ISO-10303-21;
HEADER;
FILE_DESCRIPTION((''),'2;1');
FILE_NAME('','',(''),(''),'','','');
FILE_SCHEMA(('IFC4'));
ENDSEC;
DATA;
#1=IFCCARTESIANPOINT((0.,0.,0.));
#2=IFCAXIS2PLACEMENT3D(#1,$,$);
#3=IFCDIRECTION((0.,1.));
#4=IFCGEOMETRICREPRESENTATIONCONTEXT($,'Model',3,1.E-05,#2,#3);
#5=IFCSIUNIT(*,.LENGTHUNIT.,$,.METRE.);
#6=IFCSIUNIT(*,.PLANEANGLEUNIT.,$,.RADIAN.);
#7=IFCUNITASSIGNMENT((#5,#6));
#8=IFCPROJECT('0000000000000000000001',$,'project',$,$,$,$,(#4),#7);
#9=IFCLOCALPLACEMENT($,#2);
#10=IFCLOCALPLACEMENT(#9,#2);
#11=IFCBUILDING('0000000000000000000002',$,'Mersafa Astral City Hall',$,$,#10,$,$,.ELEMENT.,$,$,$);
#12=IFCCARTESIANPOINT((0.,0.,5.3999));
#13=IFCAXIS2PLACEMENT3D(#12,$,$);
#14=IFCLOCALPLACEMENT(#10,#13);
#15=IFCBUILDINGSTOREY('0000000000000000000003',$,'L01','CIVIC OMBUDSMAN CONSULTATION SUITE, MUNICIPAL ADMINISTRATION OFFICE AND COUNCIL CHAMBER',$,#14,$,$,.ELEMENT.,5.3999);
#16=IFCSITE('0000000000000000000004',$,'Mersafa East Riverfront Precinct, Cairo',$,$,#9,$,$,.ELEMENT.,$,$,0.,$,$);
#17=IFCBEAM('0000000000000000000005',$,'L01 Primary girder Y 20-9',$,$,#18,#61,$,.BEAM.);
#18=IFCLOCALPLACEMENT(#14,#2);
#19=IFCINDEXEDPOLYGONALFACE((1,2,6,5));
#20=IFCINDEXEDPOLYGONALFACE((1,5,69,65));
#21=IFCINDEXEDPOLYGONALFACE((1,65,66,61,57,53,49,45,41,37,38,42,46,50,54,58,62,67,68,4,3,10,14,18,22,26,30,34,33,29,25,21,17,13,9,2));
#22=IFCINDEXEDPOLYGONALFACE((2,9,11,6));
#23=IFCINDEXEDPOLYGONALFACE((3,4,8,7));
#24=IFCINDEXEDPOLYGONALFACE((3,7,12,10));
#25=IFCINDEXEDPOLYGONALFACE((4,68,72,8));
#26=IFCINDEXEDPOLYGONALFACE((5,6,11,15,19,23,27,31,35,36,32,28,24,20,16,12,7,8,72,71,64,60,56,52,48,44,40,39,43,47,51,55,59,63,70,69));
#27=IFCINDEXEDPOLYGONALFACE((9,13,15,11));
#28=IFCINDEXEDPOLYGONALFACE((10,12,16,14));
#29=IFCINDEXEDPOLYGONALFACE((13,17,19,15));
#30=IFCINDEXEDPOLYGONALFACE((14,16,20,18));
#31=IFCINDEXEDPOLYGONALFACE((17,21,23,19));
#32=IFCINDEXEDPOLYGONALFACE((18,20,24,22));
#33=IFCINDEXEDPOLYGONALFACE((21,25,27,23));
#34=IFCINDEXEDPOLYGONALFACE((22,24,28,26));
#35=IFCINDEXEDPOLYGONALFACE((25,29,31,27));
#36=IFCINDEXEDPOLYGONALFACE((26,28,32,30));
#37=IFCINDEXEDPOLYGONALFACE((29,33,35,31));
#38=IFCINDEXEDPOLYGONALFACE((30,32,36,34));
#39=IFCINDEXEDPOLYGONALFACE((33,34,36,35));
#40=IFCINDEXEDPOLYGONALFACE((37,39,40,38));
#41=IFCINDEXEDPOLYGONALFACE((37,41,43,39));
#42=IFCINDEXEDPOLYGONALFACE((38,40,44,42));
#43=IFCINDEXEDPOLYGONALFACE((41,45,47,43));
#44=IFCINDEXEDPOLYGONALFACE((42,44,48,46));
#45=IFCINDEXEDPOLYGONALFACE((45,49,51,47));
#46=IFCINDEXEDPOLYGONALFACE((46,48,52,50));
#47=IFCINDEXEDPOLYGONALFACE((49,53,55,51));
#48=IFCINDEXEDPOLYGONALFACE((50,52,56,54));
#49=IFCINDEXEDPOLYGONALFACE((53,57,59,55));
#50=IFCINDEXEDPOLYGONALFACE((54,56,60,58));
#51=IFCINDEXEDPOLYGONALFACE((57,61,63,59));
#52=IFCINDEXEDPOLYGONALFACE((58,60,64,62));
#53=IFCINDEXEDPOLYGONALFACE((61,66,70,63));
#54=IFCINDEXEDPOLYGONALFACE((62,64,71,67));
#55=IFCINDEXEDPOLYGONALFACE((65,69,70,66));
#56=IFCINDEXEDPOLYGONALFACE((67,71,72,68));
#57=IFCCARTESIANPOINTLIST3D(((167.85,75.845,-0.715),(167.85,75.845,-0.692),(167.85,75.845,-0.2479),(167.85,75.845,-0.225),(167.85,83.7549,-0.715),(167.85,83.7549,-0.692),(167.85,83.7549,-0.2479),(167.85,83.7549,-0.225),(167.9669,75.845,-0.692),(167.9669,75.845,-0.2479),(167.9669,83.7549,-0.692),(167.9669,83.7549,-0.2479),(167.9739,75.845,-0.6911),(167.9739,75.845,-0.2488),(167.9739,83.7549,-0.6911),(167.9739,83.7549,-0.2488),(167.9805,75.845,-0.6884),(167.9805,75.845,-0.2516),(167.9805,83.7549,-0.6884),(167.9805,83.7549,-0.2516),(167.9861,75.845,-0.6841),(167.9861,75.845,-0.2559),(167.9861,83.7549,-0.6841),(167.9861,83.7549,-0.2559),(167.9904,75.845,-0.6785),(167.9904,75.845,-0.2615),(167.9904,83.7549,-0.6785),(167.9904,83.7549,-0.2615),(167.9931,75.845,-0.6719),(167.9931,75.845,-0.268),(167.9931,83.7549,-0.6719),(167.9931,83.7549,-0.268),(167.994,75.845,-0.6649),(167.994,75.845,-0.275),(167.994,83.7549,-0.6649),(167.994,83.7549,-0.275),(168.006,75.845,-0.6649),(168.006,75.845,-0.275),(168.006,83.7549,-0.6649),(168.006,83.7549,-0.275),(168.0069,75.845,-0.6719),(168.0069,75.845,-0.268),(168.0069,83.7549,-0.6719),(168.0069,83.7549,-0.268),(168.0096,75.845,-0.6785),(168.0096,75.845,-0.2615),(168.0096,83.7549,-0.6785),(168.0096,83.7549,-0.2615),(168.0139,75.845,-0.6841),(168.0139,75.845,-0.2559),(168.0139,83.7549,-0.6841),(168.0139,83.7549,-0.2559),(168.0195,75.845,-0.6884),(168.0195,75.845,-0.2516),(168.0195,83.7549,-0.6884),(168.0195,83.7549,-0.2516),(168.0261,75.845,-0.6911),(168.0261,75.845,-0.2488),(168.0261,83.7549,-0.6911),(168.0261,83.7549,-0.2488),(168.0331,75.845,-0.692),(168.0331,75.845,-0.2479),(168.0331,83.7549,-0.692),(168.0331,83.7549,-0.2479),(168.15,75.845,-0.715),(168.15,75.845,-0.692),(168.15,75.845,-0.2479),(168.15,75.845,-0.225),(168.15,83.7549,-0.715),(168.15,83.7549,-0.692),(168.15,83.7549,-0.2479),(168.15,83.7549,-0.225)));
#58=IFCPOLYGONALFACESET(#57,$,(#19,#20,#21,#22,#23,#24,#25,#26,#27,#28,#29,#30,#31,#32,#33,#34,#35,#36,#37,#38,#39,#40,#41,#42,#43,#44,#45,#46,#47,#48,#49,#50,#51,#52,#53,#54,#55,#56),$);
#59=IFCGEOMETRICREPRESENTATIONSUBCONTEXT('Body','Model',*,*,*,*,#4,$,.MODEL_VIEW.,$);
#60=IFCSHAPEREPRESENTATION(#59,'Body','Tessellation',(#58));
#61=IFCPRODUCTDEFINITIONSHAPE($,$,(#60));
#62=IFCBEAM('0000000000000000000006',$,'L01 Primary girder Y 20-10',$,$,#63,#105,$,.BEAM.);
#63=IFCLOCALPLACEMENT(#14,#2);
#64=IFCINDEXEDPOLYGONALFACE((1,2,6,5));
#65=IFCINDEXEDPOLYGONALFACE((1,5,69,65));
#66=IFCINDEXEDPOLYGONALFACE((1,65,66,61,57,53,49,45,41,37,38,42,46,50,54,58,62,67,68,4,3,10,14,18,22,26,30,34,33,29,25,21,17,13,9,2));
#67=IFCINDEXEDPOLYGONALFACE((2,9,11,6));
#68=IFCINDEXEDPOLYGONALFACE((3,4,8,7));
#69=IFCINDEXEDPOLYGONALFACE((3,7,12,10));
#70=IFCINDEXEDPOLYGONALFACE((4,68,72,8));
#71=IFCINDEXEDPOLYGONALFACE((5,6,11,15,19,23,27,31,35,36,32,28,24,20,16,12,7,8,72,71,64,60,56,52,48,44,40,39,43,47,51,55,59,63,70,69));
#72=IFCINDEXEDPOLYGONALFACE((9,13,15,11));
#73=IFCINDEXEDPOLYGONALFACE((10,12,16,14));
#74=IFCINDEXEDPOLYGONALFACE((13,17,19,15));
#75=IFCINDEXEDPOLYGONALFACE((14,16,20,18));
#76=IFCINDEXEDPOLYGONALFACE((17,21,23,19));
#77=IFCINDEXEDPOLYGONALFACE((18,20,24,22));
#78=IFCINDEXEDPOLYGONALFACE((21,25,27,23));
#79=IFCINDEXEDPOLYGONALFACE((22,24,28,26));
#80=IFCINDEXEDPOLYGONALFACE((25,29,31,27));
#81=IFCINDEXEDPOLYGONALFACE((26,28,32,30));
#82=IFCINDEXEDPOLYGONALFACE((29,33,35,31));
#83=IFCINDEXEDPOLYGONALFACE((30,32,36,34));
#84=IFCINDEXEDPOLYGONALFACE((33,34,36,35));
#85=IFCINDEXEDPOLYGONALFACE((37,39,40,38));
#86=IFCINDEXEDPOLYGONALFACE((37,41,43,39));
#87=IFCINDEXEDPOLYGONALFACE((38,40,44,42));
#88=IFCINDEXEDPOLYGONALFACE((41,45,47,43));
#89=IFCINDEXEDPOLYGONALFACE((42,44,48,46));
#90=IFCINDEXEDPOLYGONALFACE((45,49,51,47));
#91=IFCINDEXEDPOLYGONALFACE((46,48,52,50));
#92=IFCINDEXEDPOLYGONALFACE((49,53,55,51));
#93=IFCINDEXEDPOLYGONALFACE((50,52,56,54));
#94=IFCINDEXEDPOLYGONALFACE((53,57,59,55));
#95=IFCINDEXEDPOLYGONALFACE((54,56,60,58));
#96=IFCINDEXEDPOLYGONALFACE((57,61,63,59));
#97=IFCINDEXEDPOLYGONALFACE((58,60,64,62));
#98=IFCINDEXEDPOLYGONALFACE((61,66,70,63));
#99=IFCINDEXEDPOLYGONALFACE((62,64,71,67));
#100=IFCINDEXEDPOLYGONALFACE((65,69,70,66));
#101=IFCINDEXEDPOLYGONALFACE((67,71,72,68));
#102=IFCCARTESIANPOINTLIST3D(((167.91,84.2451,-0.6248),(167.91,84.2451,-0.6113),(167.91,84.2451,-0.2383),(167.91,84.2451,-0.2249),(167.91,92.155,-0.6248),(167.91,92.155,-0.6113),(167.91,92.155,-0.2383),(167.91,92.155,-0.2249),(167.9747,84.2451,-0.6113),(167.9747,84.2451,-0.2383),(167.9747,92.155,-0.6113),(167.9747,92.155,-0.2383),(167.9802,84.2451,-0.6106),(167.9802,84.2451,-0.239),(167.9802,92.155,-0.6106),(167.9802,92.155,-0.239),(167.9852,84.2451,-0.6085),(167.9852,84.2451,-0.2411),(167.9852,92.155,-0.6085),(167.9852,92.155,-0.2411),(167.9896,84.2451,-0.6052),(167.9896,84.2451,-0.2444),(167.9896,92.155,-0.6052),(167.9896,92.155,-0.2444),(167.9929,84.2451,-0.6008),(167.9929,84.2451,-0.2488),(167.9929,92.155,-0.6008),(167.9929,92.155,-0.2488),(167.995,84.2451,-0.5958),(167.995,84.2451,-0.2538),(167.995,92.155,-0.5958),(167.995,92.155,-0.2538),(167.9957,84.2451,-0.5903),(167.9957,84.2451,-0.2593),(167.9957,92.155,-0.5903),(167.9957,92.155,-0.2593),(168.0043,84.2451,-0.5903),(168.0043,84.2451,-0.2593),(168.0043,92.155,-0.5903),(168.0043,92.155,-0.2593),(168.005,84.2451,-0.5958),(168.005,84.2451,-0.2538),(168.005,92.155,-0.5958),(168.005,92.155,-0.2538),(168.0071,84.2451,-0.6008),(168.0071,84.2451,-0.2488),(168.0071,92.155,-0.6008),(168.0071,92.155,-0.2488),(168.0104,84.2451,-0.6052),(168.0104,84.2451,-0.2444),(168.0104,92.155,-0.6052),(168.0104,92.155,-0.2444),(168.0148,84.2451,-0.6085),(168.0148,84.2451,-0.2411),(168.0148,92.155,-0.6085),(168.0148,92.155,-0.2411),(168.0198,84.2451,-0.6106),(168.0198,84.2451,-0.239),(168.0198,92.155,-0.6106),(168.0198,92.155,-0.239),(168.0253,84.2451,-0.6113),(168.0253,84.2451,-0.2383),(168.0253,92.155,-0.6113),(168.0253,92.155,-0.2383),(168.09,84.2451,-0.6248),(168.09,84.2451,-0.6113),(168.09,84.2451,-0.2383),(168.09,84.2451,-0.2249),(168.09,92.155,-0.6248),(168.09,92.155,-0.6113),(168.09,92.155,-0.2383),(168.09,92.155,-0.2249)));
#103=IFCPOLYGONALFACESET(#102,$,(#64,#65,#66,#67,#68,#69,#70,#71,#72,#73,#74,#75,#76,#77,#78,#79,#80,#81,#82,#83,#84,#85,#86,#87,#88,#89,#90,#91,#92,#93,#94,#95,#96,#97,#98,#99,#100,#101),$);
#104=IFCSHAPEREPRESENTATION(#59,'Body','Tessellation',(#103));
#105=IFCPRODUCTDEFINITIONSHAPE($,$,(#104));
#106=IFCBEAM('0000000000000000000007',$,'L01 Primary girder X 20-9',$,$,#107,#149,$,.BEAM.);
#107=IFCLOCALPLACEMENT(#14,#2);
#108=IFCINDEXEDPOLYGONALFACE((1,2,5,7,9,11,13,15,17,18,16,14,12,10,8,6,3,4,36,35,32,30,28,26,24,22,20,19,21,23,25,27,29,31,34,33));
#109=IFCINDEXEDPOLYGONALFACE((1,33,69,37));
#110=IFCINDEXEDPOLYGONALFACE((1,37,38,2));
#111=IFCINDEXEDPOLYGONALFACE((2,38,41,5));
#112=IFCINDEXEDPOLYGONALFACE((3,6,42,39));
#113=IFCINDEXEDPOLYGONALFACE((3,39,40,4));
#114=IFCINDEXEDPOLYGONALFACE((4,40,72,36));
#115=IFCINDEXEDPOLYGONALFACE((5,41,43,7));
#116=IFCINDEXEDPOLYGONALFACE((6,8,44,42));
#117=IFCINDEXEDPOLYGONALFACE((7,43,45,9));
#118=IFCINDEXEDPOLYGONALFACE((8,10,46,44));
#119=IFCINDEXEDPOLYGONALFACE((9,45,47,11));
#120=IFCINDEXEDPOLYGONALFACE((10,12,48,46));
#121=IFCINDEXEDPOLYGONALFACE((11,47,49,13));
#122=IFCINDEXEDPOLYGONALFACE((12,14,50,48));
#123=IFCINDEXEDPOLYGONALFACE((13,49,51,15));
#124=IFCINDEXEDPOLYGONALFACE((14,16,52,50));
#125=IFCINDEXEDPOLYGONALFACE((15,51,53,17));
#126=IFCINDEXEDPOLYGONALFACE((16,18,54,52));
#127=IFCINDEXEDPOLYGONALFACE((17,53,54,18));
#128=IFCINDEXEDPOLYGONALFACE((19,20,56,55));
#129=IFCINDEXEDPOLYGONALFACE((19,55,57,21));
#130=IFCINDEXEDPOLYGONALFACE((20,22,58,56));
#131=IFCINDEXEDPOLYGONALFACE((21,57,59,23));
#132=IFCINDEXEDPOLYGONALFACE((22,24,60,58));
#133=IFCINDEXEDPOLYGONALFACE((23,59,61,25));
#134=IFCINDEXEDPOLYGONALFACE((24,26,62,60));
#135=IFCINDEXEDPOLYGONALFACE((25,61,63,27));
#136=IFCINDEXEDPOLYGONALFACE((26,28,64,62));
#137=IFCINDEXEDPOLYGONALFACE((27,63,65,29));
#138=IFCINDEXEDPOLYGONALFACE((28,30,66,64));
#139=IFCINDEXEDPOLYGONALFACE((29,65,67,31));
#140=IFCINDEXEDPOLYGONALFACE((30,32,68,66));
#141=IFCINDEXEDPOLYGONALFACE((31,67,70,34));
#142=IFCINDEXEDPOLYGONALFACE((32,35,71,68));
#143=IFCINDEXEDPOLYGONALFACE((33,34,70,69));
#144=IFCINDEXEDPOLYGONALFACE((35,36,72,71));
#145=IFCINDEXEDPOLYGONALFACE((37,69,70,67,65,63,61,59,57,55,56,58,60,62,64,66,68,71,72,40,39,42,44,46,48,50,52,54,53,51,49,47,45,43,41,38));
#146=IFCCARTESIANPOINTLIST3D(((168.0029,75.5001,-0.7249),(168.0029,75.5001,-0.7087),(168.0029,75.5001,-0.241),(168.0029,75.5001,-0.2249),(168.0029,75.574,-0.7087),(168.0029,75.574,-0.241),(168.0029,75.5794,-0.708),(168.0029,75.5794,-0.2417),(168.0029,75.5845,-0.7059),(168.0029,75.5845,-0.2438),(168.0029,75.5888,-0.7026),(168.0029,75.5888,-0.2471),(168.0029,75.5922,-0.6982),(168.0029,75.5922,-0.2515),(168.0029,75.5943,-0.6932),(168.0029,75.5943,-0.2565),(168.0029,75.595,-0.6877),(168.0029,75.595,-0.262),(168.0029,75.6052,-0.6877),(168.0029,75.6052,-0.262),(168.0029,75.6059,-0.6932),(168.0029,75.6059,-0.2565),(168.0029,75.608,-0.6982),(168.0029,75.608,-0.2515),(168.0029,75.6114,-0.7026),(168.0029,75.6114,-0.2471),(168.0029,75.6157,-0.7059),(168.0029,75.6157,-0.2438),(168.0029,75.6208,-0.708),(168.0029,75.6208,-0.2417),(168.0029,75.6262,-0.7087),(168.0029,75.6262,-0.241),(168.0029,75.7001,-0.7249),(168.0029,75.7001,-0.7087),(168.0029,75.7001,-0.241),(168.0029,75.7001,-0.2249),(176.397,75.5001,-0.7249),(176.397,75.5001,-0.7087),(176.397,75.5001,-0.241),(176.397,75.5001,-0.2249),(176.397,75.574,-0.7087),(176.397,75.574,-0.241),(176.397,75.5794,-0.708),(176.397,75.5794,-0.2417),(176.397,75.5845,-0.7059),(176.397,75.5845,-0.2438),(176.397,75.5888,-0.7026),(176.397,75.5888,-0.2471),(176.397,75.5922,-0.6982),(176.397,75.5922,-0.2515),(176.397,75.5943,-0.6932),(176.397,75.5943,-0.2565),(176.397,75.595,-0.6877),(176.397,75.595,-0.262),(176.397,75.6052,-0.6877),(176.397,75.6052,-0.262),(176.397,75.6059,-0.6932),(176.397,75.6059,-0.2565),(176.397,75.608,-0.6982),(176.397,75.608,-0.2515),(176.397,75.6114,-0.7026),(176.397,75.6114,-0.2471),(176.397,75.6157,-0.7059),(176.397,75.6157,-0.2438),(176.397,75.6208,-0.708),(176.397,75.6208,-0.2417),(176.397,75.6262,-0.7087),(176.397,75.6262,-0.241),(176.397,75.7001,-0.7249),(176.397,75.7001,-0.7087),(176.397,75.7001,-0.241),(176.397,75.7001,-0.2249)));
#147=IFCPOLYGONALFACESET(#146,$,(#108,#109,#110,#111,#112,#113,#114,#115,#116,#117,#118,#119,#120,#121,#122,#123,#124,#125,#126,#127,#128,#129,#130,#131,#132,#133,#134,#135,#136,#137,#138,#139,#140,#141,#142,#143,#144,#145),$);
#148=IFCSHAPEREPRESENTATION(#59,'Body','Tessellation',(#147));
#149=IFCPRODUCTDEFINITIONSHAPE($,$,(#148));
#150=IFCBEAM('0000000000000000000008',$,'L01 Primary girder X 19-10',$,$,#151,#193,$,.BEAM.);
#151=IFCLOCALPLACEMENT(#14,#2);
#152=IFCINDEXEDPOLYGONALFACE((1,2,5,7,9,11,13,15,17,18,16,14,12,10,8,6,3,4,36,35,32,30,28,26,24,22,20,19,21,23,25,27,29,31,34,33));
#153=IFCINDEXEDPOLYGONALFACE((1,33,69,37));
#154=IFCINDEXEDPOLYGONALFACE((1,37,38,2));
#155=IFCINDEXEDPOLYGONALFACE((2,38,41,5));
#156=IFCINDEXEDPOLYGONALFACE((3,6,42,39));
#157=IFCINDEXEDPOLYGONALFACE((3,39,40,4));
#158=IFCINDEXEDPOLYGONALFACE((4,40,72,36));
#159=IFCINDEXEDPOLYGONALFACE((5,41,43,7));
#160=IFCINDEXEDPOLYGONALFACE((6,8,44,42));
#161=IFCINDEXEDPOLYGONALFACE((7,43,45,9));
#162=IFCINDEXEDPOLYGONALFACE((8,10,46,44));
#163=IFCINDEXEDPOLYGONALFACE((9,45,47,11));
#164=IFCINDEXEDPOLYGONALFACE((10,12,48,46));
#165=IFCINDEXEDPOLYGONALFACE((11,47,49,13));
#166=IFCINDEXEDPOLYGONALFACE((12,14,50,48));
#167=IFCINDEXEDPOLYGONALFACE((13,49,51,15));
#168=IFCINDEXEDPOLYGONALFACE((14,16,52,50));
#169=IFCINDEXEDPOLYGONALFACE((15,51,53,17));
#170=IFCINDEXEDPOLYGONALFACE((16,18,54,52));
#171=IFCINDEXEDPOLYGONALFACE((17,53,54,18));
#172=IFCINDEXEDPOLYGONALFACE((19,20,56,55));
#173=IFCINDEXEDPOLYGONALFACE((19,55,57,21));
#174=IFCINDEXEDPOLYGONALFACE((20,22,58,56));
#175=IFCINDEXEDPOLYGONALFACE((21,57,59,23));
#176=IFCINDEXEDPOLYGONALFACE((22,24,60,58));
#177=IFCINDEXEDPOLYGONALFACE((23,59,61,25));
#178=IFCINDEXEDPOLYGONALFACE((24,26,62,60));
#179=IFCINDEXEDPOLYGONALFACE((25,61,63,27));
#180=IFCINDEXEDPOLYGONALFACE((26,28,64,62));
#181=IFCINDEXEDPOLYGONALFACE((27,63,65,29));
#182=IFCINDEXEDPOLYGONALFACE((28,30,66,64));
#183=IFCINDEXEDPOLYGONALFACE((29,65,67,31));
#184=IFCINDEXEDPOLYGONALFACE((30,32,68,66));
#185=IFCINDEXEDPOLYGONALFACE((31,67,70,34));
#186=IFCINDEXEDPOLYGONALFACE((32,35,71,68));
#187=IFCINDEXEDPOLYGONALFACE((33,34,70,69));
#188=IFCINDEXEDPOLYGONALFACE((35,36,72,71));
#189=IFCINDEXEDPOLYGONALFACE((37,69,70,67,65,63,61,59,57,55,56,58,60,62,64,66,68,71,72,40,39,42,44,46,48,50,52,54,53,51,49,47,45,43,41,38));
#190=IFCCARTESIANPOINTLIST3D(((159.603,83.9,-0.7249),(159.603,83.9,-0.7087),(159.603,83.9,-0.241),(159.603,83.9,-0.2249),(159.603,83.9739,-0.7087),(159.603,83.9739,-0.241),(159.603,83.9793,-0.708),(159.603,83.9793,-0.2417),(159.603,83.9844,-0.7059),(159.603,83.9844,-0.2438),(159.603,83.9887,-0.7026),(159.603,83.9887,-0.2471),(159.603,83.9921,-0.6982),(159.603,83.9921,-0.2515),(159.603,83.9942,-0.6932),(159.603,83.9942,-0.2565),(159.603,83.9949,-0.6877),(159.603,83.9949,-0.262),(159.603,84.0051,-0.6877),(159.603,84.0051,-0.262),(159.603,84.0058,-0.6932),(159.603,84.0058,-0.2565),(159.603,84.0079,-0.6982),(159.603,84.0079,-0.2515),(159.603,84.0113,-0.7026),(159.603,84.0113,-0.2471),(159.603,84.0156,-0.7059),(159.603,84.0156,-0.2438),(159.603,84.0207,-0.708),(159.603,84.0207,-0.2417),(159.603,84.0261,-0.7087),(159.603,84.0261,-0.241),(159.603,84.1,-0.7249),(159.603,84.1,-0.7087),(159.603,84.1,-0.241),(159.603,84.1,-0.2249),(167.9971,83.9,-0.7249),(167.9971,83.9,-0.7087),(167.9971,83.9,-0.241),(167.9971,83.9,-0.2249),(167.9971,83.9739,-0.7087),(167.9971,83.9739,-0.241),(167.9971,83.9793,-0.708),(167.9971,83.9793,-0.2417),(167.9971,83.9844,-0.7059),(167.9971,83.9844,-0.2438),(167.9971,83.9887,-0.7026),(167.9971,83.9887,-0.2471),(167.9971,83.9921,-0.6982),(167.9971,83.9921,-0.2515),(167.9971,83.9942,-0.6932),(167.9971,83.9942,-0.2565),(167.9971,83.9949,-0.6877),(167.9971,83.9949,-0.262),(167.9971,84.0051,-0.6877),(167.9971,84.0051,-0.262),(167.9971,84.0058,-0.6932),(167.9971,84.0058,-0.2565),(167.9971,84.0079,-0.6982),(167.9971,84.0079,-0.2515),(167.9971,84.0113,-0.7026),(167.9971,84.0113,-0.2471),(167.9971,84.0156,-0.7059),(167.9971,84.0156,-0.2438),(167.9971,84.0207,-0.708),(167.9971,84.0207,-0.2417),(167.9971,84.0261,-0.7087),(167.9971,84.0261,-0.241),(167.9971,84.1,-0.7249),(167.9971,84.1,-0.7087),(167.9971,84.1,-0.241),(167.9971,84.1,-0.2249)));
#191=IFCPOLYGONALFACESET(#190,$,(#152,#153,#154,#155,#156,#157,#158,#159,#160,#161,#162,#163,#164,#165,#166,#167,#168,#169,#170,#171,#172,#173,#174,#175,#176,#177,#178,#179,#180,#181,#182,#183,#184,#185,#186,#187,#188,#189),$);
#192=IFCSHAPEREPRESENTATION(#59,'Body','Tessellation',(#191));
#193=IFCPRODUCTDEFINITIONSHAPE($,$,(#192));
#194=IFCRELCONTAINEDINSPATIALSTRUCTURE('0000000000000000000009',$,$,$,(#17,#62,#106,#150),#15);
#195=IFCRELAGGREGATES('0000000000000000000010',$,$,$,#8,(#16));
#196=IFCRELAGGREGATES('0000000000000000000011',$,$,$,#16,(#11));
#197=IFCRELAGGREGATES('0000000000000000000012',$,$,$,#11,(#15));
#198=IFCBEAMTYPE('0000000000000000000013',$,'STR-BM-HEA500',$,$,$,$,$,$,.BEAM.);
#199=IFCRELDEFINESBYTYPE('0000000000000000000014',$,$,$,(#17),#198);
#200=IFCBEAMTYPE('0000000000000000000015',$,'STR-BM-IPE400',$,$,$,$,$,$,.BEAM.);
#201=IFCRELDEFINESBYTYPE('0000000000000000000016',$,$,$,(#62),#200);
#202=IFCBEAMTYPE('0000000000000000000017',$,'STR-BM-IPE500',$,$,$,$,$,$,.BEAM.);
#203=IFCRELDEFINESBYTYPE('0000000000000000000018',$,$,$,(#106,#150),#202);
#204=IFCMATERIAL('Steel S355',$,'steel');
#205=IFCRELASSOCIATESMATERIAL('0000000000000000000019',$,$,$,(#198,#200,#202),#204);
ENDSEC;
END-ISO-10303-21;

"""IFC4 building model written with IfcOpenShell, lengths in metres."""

from ifc_helpers import new_model, si_unit, direction, frame, origin, origin_2d, place, context, subcontext, project, spatial, i_section, extrude, material, material_profile, profile_set, type_object, element, save


model = new_model("IFC4")

# Units and contexts
model_context = context("Model", 3, precision=1e-05, world=origin(), true_north=direction((0.0, 1.0)))
body_context = subcontext(model_context, "Body", "Model", "MODEL_VIEW")
ifc_project = project(units=[si_unit("LENGTHUNIT", "METRE"), si_unit("PLANEANGLEUNIT", "RADIAN")], contexts=[model_context])

# Site, building, storey
site_placement = place(None, origin())
site = spatial("IfcSite", under=ifc_project, at=site_placement, Name="Mersafa East Riverfront Precinct, Cairo", CompositionType="ELEMENT", RefElevation=0.0)
building_placement = place(site_placement, origin())
building = spatial("IfcBuilding", under=site, at=building_placement, Name="Mersafa Astral City Hall", CompositionType="ELEMENT")
storey_placement = place(building_placement, frame((0.0, 0.0, 5.3999)))
storey = spatial("IfcBuildingStorey", under=building, at=storey_placement, Name="L01", Description="CIVIC OMBUDSMAN CONSULTATION SUITE, MUNICIPAL ADMINISTRATION OFFICE AND COUNCIL CHAMBER", CompositionType="ELEMENT", Elevation=5.3999)

# Shared definitions
ifc_material_1 = material(Name="Steel S355", Category="steel")

# Beams
ifc_material_profile_1 = material_profile(ifc_material_1, i_section(OverallWidth=0.3, OverallDepth=0.49, WebThickness=0.012, FlangeThickness=0.0229, FilletRadius=0.0271, at=origin_2d()), Name="HEA 500")
ifc_profile_set_1 = profile_set([ifc_material_profile_1], Name="Steel S355")
beam_type_1 = type_object("IfcBeamType", Name="STR-BM-HEA500", PredefinedType="BEAM", material=ifc_profile_set_1)
beam_1_placement = place(storey_placement, frame((168.0, 75.845, -0.47), z_axis=(0.0, 1.0, 0.0), x_axis=(-1.0, 0.0, 0.0)))
element("IfcBeam", 1, at=beam_1_placement, inside=storey, type_object=beam_type_1, Name="L01 Primary girder Y 20-9", PredefinedType="BEAM", context=body_context, shape_type="SweptSolid", body=[
    extrude(i_section(OverallWidth=0.3, OverallDepth=0.49, WebThickness=0.012, FlangeThickness=0.0229, FilletRadius=0.0271, at=origin_2d()), origin(), (0.0, 0.0, 1.0), 7.9099),
])
ifc_material_profile_2 = material_profile(ifc_material_1, i_section(OverallWidth=0.1799, OverallDepth=0.3999, WebThickness=0.0085, FlangeThickness=0.0134, FilletRadius=0.021, at=origin_2d()), Name="IPE 400")
ifc_profile_set_2 = profile_set([ifc_material_profile_2], Name="Steel S355")
beam_type_2 = type_object("IfcBeamType", Name="STR-BM-IPE400", PredefinedType="BEAM", material=ifc_profile_set_2)
beam_2_placement = place(storey_placement, frame((168.0, 84.2451, -0.4248), z_axis=(0.0, 1.0, 0.0), x_axis=(-1.0, 0.0, 0.0)))
element("IfcBeam", 2, at=beam_2_placement, inside=storey, type_object=beam_type_2, Name="L01 Primary girder Y 20-10", PredefinedType="BEAM", context=body_context, shape_type="SweptSolid", body=[
    extrude(i_section(OverallWidth=0.1799, OverallDepth=0.3999, WebThickness=0.0085, FlangeThickness=0.0134, FilletRadius=0.021, at=origin_2d()), origin(), (0.0, 0.0, 1.0), 7.9099),
])
ifc_material_profile_3 = material_profile(ifc_material_1, i_section(OverallWidth=0.2, OverallDepth=0.5, WebThickness=0.0103, FlangeThickness=0.0161, FilletRadius=0.021, at=origin_2d()), Name="IPE 500")
ifc_profile_set_3 = profile_set([ifc_material_profile_3], Name="Steel S355")
beam_type_3 = type_object("IfcBeamType", Name="STR-BM-IPE500", PredefinedType="BEAM", material=ifc_profile_set_3)
for number, where, z_axis, x_axis, name in (
    (3, (168.0029, 75.6001, -0.4749), (1.0, 0.0, 0.0), (0.0, 1.0, 0.0), "L01 Primary girder X 20-9"),
    (4, (159.603, 84.0, -0.4749), (1.0, 0.0, 0.0), (0.0, 1.0, 0.0), "L01 Primary girder X 19-10"),
):
    element("IfcBeam", number, at=place(storey_placement, frame(where, z_axis=z_axis, x_axis=x_axis)), inside=storey, type_object=beam_type_3, Name=name, PredefinedType="BEAM", context=body_context, shape_type="SweptSolid", body=[
        extrude(i_section(OverallWidth=0.2, OverallDepth=0.5, WebThickness=0.0103, FlangeThickness=0.0161, FilletRadius=0.021, at=origin_2d()), origin(), (0.0, 0.0, 1.0), 8.394),
    ])

save(model, "model.ifc")
